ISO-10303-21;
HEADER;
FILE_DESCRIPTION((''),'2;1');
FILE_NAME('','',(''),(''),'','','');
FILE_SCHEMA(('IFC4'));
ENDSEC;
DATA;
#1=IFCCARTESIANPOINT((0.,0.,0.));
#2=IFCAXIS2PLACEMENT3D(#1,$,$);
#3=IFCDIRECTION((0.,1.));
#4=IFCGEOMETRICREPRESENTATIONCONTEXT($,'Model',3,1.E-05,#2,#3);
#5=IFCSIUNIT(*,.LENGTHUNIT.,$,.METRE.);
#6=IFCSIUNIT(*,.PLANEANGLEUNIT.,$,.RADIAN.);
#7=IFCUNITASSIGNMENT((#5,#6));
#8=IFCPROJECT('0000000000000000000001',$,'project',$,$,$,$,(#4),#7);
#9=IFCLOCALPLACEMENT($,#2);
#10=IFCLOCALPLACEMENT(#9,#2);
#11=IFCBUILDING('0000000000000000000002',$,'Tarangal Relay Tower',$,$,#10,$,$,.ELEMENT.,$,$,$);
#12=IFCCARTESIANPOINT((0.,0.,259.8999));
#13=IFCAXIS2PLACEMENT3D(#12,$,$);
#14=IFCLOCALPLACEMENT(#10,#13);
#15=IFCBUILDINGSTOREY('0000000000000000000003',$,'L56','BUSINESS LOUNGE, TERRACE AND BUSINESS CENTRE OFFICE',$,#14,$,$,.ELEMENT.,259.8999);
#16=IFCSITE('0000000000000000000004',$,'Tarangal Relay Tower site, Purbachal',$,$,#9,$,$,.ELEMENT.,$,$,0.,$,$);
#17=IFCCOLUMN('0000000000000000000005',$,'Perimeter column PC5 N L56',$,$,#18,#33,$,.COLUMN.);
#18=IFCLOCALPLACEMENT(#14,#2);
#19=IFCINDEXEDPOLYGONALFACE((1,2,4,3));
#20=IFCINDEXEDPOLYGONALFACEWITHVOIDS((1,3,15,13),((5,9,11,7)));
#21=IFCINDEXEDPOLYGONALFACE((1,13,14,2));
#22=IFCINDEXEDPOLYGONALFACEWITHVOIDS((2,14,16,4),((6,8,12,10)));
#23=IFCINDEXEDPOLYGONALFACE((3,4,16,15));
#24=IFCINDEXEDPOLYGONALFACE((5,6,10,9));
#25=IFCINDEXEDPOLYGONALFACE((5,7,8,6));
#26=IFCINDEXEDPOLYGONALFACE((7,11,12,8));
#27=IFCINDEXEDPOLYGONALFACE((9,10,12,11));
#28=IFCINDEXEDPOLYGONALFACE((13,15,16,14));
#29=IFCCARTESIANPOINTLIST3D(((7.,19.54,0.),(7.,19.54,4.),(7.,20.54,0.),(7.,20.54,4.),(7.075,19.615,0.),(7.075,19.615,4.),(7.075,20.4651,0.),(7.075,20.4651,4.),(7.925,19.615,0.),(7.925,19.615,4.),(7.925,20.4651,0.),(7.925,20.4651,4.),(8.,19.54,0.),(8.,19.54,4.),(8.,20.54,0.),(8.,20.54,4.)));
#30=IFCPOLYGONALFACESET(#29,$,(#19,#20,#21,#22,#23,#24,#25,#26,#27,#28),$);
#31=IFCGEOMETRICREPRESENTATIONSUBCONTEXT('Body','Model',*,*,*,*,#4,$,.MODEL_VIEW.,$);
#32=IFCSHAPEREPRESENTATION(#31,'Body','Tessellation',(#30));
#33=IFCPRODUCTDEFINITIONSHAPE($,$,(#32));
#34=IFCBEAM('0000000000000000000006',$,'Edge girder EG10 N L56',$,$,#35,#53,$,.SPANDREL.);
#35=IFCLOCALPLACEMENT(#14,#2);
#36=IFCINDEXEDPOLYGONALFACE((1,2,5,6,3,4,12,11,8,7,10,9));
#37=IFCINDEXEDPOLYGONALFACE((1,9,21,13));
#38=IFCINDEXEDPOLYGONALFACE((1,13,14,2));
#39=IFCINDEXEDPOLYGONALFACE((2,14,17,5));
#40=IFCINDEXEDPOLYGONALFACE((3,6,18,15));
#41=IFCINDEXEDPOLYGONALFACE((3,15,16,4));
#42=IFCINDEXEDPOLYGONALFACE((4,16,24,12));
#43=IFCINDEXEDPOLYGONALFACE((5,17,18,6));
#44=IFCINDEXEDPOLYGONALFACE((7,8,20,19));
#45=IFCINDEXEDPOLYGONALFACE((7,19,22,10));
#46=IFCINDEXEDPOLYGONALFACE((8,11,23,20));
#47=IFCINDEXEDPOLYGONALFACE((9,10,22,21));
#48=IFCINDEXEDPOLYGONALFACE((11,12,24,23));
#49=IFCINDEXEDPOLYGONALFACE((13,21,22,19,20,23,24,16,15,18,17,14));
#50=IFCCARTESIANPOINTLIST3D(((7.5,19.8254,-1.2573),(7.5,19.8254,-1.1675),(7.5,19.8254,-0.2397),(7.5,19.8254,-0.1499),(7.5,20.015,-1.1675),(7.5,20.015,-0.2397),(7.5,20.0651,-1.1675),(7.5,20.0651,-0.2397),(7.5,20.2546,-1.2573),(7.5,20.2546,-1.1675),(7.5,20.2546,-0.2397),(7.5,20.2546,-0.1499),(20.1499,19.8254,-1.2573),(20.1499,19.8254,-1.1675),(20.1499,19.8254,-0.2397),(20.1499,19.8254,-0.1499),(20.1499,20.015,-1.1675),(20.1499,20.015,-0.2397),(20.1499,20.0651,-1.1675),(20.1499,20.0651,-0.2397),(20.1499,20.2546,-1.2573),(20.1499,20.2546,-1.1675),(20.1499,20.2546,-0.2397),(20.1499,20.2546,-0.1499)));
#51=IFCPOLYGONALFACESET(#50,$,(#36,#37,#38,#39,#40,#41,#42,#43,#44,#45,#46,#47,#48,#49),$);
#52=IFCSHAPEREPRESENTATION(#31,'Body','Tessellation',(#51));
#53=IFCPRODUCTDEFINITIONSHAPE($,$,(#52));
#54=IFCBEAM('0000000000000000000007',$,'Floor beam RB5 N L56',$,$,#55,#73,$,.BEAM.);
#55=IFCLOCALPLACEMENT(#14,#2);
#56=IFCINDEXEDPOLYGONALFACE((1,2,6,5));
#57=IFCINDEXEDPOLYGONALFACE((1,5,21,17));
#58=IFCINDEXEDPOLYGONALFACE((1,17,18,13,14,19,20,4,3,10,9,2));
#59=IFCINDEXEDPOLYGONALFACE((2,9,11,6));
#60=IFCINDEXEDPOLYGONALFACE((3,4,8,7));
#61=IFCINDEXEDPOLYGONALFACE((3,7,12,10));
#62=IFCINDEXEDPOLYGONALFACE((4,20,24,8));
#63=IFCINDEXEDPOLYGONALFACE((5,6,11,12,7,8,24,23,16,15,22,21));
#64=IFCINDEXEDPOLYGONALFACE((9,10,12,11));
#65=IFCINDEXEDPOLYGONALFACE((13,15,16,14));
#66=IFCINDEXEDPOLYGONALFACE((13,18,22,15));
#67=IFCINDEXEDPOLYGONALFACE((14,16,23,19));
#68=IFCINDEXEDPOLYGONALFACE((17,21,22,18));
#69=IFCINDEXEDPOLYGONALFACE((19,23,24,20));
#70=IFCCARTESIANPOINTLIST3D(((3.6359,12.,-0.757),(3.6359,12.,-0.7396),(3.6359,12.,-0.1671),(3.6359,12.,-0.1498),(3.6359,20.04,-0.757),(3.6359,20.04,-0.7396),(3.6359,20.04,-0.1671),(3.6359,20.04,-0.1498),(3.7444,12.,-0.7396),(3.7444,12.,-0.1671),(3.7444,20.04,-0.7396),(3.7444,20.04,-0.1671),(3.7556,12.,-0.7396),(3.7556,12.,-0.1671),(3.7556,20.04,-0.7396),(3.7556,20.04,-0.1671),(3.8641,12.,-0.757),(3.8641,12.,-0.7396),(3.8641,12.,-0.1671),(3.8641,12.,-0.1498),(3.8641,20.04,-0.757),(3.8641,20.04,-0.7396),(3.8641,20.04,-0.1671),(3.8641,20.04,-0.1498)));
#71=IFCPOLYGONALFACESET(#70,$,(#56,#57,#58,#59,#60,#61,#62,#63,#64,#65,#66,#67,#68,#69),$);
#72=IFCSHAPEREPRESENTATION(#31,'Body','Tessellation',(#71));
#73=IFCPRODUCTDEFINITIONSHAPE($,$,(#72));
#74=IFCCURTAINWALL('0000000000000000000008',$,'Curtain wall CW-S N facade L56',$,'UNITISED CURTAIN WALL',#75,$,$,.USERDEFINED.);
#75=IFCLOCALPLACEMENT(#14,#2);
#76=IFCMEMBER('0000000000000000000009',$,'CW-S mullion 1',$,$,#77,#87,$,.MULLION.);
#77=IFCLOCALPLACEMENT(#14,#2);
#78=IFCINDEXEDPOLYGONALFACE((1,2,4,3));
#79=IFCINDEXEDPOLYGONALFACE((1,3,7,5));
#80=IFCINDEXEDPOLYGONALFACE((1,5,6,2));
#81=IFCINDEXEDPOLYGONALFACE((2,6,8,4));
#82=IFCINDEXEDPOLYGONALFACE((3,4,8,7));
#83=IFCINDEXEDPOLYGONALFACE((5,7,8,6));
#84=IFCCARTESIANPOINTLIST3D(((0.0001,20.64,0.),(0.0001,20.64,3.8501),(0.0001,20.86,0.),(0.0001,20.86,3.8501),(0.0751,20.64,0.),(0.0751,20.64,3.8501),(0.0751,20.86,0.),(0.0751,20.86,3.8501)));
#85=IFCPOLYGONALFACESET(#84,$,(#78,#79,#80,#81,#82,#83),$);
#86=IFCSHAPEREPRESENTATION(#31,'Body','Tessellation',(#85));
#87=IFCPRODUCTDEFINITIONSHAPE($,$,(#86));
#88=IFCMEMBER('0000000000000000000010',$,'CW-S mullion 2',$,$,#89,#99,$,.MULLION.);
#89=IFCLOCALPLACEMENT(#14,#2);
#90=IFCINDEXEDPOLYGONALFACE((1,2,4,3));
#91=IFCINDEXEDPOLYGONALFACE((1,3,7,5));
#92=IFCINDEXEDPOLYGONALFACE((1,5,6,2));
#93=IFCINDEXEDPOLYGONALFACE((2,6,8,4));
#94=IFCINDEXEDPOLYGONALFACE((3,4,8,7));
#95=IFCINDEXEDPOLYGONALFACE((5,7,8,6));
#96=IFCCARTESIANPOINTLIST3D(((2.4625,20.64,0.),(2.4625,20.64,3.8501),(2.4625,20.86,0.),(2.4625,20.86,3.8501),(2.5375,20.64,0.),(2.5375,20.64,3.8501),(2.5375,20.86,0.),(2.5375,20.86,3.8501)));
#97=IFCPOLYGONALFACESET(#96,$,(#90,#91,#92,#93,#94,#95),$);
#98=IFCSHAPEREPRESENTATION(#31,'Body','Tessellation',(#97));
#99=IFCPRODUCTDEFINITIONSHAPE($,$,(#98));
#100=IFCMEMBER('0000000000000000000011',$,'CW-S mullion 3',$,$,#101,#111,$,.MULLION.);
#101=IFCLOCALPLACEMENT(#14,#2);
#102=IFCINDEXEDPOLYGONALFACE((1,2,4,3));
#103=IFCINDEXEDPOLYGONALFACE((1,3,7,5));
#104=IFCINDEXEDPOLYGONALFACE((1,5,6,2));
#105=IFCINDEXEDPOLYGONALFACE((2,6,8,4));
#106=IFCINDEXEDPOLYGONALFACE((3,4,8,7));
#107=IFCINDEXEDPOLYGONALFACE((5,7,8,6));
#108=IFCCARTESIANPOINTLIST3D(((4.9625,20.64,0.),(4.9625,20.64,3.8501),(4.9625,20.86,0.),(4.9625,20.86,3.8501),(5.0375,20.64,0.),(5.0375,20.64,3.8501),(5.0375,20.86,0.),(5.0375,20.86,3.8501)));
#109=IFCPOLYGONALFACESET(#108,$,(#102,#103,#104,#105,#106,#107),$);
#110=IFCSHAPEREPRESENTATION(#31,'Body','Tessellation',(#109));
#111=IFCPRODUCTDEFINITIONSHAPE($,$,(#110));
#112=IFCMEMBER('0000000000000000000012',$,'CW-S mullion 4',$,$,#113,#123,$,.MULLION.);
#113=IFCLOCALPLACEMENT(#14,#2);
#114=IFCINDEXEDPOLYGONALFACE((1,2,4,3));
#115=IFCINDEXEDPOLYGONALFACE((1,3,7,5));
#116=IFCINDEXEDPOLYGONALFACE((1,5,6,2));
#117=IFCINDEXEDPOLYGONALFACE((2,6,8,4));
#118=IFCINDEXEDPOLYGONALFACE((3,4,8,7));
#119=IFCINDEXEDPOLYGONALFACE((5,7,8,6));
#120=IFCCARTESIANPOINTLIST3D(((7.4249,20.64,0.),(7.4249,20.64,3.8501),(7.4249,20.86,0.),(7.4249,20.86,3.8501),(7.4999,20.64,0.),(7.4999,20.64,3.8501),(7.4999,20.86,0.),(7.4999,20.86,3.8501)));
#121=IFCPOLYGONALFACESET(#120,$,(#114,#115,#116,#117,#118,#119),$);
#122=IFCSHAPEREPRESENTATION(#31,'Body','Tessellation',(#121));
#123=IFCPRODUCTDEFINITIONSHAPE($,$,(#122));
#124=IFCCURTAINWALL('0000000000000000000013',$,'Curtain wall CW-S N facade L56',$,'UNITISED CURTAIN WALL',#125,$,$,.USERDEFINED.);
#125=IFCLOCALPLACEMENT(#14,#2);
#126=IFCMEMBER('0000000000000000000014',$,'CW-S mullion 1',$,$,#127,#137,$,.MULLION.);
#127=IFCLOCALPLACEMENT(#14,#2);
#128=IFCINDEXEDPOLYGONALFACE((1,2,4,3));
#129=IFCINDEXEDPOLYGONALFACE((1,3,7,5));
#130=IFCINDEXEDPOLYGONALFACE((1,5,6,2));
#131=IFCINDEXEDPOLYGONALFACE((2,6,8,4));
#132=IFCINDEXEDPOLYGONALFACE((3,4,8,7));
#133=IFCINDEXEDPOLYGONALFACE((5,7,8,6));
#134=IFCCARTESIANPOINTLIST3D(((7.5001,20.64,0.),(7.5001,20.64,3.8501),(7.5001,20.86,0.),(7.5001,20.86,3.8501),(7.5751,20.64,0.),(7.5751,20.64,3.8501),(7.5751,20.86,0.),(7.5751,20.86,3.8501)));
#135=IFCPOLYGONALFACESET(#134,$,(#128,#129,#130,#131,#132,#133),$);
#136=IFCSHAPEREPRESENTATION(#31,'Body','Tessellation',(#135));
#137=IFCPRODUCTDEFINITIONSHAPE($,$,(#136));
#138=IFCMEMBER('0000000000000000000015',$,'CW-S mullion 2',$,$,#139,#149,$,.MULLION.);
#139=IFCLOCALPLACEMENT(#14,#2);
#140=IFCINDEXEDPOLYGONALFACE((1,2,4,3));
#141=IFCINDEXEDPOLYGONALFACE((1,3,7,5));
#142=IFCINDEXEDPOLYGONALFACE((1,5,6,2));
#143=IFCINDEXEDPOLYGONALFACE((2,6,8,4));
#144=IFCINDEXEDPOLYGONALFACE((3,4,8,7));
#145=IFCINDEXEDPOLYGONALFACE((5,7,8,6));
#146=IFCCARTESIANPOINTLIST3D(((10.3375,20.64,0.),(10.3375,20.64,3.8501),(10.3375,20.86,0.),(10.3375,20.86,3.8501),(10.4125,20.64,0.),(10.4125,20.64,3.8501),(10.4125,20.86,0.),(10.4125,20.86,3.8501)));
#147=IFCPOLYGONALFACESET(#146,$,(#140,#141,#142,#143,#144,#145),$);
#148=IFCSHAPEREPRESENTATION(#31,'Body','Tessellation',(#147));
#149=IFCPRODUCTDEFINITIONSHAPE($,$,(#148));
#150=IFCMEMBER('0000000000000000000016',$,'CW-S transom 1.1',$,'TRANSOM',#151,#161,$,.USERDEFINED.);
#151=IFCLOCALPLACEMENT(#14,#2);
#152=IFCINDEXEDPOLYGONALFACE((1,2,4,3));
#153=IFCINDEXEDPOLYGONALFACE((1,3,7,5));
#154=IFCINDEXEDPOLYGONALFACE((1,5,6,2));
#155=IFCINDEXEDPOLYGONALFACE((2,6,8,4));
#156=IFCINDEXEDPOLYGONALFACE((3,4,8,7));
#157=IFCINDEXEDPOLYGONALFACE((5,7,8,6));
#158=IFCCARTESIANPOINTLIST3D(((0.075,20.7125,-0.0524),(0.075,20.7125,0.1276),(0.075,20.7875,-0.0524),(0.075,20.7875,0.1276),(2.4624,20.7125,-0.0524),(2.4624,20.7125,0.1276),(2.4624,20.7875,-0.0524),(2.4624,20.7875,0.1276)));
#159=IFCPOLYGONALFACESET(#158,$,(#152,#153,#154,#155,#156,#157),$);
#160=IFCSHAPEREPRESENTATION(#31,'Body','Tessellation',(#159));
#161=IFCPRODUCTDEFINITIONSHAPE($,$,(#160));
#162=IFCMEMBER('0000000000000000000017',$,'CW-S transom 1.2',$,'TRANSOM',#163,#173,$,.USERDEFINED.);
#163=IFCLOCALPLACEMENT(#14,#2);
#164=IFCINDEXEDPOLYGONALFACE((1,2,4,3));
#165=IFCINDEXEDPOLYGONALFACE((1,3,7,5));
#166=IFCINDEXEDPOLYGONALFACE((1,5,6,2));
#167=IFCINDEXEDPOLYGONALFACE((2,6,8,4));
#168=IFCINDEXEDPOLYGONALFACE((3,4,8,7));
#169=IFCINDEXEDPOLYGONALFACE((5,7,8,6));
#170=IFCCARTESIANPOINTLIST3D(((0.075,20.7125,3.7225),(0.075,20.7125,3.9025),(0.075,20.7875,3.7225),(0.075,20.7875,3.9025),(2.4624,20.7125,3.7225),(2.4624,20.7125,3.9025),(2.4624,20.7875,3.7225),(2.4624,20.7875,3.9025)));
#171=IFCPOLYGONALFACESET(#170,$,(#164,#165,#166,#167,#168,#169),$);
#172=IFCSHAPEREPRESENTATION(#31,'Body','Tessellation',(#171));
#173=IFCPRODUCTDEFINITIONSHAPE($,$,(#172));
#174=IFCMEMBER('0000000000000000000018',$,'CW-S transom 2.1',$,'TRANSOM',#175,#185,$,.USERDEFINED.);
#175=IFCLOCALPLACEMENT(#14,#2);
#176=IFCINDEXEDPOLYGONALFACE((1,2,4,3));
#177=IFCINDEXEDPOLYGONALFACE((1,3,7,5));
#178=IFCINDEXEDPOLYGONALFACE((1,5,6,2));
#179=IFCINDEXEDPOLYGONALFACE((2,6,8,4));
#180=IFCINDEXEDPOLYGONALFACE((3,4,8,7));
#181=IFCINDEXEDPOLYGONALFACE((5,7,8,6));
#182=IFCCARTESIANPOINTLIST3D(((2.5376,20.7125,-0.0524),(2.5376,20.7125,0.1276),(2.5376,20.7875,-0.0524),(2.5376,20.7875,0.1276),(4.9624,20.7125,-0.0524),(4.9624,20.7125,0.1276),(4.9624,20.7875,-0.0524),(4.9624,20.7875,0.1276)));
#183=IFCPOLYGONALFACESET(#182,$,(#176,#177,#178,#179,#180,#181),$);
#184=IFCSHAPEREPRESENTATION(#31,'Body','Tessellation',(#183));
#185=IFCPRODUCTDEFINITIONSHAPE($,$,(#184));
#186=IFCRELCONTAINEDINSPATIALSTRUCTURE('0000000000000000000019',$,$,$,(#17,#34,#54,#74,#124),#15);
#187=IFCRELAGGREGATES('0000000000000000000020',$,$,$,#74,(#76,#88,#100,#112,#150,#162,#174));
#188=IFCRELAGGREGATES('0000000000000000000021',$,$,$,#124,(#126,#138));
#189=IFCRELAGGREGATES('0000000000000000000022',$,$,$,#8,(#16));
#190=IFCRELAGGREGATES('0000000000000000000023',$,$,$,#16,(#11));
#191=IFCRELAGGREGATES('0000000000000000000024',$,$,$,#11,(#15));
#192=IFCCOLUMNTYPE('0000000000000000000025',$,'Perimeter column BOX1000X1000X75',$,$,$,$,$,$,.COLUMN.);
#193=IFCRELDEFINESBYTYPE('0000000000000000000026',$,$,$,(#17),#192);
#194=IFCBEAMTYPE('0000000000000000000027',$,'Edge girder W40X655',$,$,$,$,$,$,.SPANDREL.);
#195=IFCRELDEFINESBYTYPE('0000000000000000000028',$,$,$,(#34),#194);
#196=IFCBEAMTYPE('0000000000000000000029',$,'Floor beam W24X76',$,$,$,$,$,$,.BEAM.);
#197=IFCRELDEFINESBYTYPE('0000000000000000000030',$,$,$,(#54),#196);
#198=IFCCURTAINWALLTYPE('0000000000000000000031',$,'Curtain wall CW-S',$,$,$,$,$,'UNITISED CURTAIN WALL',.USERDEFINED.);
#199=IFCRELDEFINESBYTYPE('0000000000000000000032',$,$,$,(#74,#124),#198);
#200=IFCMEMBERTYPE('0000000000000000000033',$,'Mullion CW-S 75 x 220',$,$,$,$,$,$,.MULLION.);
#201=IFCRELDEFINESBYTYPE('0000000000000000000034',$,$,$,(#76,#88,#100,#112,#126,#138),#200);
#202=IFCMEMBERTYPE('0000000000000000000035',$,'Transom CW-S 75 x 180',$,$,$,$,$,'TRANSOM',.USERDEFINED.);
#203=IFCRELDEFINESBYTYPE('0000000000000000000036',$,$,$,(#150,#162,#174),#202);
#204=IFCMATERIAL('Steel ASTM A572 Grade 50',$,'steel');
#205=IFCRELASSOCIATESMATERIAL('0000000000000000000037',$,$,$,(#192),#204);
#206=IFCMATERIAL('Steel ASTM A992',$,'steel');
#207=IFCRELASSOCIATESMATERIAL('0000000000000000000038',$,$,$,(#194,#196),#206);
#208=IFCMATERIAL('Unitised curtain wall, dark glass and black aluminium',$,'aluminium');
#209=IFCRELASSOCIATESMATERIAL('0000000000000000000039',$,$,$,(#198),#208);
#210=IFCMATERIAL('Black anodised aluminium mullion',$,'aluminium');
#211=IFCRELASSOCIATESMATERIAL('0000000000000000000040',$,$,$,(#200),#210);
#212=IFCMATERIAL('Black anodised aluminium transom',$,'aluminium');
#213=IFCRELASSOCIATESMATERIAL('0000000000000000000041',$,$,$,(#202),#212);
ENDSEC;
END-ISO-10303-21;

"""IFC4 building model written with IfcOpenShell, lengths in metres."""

from ifc_helpers import new_model, si_unit, direction, frame, origin, origin_2d, place, context, subcontext, project, spatial, rectangle, hollow_rectangle, i_section, extrude, material, material_profile, profile_set, type_object, element, aggregate, save


model = new_model("IFC4")

# Units and contexts
model_context = context("Model", 3, precision=1e-05, world=origin(), true_north=direction((0.0, 1.0)))
body_context = subcontext(model_context, "Body", "Model", "MODEL_VIEW")
ifc_project = project(units=[si_unit("LENGTHUNIT", "METRE"), si_unit("PLANEANGLEUNIT", "RADIAN")], contexts=[model_context])

# Site, building, storey
site_placement = place(None, origin())
site = spatial("IfcSite", under=ifc_project, at=site_placement, Name="Tarangal Relay Tower site, Purbachal", CompositionType="ELEMENT", RefElevation=0.0)
building_placement = place(site_placement, origin())
building = spatial("IfcBuilding", under=site, at=building_placement, Name="Tarangal Relay Tower", CompositionType="ELEMENT")
storey_placement = place(building_placement, frame((0.0, 0.0, 259.8999)))
storey = spatial("IfcBuildingStorey", under=building, at=storey_placement, Name="L56", Description="BUSINESS LOUNGE, TERRACE AND BUSINESS CENTRE OFFICE", CompositionType="ELEMENT", Elevation=259.8999)

# Column
ifc_material_1 = material(Name="Steel ASTM A572 Grade 50", Category="steel")
ifc_material_profile_1 = material_profile(ifc_material_1, hollow_rectangle(XDim=1.0, YDim=1.0, WallThickness=0.075, at=origin_2d()), Name="BOX1000X1000X75")
ifc_profile_set_1 = profile_set([ifc_material_profile_1], Name="Steel ASTM A572 Grade 50")
column_type = type_object("IfcColumnType", Name="Perimeter column BOX1000X1000X75", PredefinedType="COLUMN", material=ifc_profile_set_1)
column_placement = place(storey_placement, frame((7.5, 20.04, 0.0), z_axis=(0.0, 0.0, 1.0), x_axis=(1.0, 0.0, 0.0)))
element("IfcColumn", 1, at=column_placement, inside=storey, type_object=column_type, Name="Perimeter column PC5 N L56", PredefinedType="COLUMN", context=body_context, shape_type="SweptSolid", body=[
    extrude(hollow_rectangle(XDim=1.0, YDim=1.0, WallThickness=0.075, at=origin_2d()), origin(), (0.0, 0.0, 1.0), 4.0),
])

# Beams
ifc_material_2 = material(Name="Steel ASTM A992", Category="steel")
ifc_material_profile_2 = material_profile(ifc_material_2, i_section(OverallWidth=0.4292, OverallDepth=1.1074, WebThickness=0.05, FlangeThickness=0.0898, at=origin_2d()), Name="W40X655")
ifc_profile_set_2 = profile_set([ifc_material_profile_2], Name="Steel ASTM A992")
beam_type_1 = type_object("IfcBeamType", Name="Edge girder W40X655", PredefinedType="SPANDREL", material=ifc_profile_set_2)
beam_1_placement = place(storey_placement, frame((7.5, 20.04, -0.7036), z_axis=(1.0, 0.0, 0.0), x_axis=(0.0, 1.0, 0.0)))
element("IfcBeam", 2, at=beam_1_placement, inside=storey, type_object=beam_type_1, Name="Edge girder EG10 N L56", PredefinedType="SPANDREL", context=body_context, shape_type="SweptSolid", body=[
    extrude(i_section(OverallWidth=0.4292, OverallDepth=1.1074, WebThickness=0.05, FlangeThickness=0.0898, at=origin_2d()), origin(), (0.0, 0.0, 1.0), 12.6499),
])
ifc_material_profile_3 = material_profile(ifc_material_2, i_section(OverallWidth=0.2283, OverallDepth=0.6072, WebThickness=0.0112, FlangeThickness=0.0173, at=origin_2d()), Name="W24X76")
ifc_profile_set_3 = profile_set([ifc_material_profile_3], Name="Steel ASTM A992")
beam_type_2 = type_object("IfcBeamType", Name="Floor beam W24X76", PredefinedType="BEAM", material=ifc_profile_set_3)
beam_2_placement = place(storey_placement, frame((3.75, 12.0, -0.4534), z_axis=(0.0, 1.0, 0.0), x_axis=(-1.0, 0.0, 0.0)))
element("IfcBeam", 3, at=beam_2_placement, inside=storey, type_object=beam_type_2, Name="Floor beam RB5 N L56", PredefinedType="BEAM", context=body_context, shape_type="SweptSolid", body=[
    extrude(i_section(OverallWidth=0.2283, OverallDepth=0.6072, WebThickness=0.0112, FlangeThickness=0.0173, at=origin_2d()), origin(), (0.0, 0.0, 1.0), 8.04),
])

# Curtain walls, members
ifc_material_3 = material(Name="Unitised curtain wall, dark glass and black aluminium", Category="aluminium")
curtain_wall_type = type_object("IfcCurtainWallType", Name="Curtain wall CW-S", ElementType="UNITISED CURTAIN WALL", PredefinedType="USERDEFINED", material=ifc_material_3)
curtain_wall_1_placement = place(storey_placement, origin())
curtain_wall_1 = element("IfcCurtainWall", 4, at=curtain_wall_1_placement, inside=storey, type_object=curtain_wall_type, Name="Curtain wall CW-S N facade L56", ObjectType="UNITISED CURTAIN WALL", PredefinedType="USERDEFINED")
ifc_material_4 = material(Name="Black anodised aluminium mullion", Category="aluminium")
ifc_material_profile_4 = material_profile(ifc_material_4, rectangle(XDim=0.22, YDim=0.075, at=origin_2d()), Name="CW-SM 75X220")
ifc_profile_set_4 = profile_set([ifc_material_profile_4], Name="Black anodised aluminium mullion")
member_type_1 = type_object("IfcMemberType", Name="Mullion CW-S 75 x 220", PredefinedType="MULLION", material=ifc_profile_set_4)
member_1_placement = place(storey_placement, frame((0.0376, 20.75, 0.0), z_axis=(0.0, 0.0, 1.0), x_axis=(0.0, 1.0, 0.0)))
member_1 = element("IfcMember", 5, at=member_1_placement, type_object=member_type_1, Name="CW-S mullion 1", PredefinedType="MULLION", context=body_context, shape_type="SweptSolid", body=[
    extrude(rectangle(XDim=0.22, YDim=0.075, at=origin_2d()), origin(), (0.0, 0.0, 1.0), 3.8501),
])
member_2_placement = place(storey_placement, frame((2.5, 20.75, 0.0), z_axis=(0.0, 0.0, 1.0), x_axis=(0.0, 1.0, 0.0)))
member_2 = element("IfcMember", 6, at=member_2_placement, type_object=member_type_1, Name="CW-S mullion 2", PredefinedType="MULLION", context=body_context, shape_type="SweptSolid", body=[
    extrude(rectangle(XDim=0.22, YDim=0.075, at=origin_2d()), origin(), (0.0, 0.0, 1.0), 3.8501),
])
member_3_placement = place(storey_placement, frame((5.0, 20.75, 0.0), z_axis=(0.0, 0.0, 1.0), x_axis=(0.0, 1.0, 0.0)))
member_3 = element("IfcMember", 7, at=member_3_placement, type_object=member_type_1, Name="CW-S mullion 3", PredefinedType="MULLION", context=body_context, shape_type="SweptSolid", body=[
    extrude(rectangle(XDim=0.22, YDim=0.075, at=origin_2d()), origin(), (0.0, 0.0, 1.0), 3.8501),
])
member_4_placement = place(storey_placement, frame((7.4624, 20.75, 0.0), z_axis=(0.0, 0.0, 1.0), x_axis=(0.0, 1.0, 0.0)))
member_4 = element("IfcMember", 8, at=member_4_placement, type_object=member_type_1, Name="CW-S mullion 4", PredefinedType="MULLION", context=body_context, shape_type="SweptSolid", body=[
    extrude(rectangle(XDim=0.22, YDim=0.075, at=origin_2d()), origin(), (0.0, 0.0, 1.0), 3.8501),
])
curtain_wall_2_placement = place(storey_placement, origin())
curtain_wall_2 = element("IfcCurtainWall", 9, at=curtain_wall_2_placement, inside=storey, type_object=curtain_wall_type, Name="Curtain wall CW-S N facade L56", ObjectType="UNITISED CURTAIN WALL", PredefinedType="USERDEFINED")
member_5_placement = place(storey_placement, frame((7.5376, 20.75, 0.0), z_axis=(0.0, 0.0, 1.0), x_axis=(0.0, 1.0, 0.0)))
member_5 = element("IfcMember", 10, at=member_5_placement, type_object=member_type_1, Name="CW-S mullion 1", PredefinedType="MULLION", context=body_context, shape_type="SweptSolid", body=[
    extrude(rectangle(XDim=0.22, YDim=0.075, at=origin_2d()), origin(), (0.0, 0.0, 1.0), 3.8501),
])
member_6_placement = place(storey_placement, frame((10.375, 20.75, 0.0), z_axis=(0.0, 0.0, 1.0), x_axis=(0.0, 1.0, 0.0)))
member_6 = element("IfcMember", 11, at=member_6_placement, type_object=member_type_1, Name="CW-S mullion 2", PredefinedType="MULLION", context=body_context, shape_type="SweptSolid", body=[
    extrude(rectangle(XDim=0.22, YDim=0.075, at=origin_2d()), origin(), (0.0, 0.0, 1.0), 3.8501),
])

# Members
ifc_material_5 = material(Name="Black anodised aluminium transom", Category="aluminium")
ifc_material_profile_5 = material_profile(ifc_material_5, rectangle(XDim=0.075, YDim=0.1799, at=origin_2d()), Name="CW-ST 75X180")
ifc_profile_set_5 = profile_set([ifc_material_profile_5], Name="Black anodised aluminium transom")
member_type_2 = type_object("IfcMemberType", Name="Transom CW-S 75 x 180", ElementType="TRANSOM", PredefinedType="USERDEFINED", material=ifc_profile_set_5)
member_7_placement = place(storey_placement, frame((0.075, 20.75, 0.0376), z_axis=(1.0, 0.0, 0.0), x_axis=(0.0, 1.0, 0.0)))
member_7 = element("IfcMember", 12, at=member_7_placement, type_object=member_type_2, Name="CW-S transom 1.1", ObjectType="TRANSOM", PredefinedType="USERDEFINED", context=body_context, shape_type="SweptSolid", body=[
    extrude(rectangle(XDim=0.075, YDim=0.1799, at=origin_2d()), origin(), (0.0, 0.0, 1.0), 2.3875),
])
member_8_placement = place(storey_placement, frame((0.075, 20.75, 3.8125), z_axis=(1.0, 0.0, 0.0), x_axis=(0.0, 1.0, 0.0)))
member_8 = element("IfcMember", 13, at=member_8_placement, type_object=member_type_2, Name="CW-S transom 1.2", ObjectType="TRANSOM", PredefinedType="USERDEFINED", context=body_context, shape_type="SweptSolid", body=[
    extrude(rectangle(XDim=0.075, YDim=0.1799, at=origin_2d()), origin(), (0.0, 0.0, 1.0), 2.3875),
])
member_9_placement = place(storey_placement, frame((2.5376, 20.75, 0.0376), z_axis=(1.0, 0.0, 0.0), x_axis=(0.0, 1.0, 0.0)))
member_9 = element("IfcMember", 14, at=member_9_placement, type_object=member_type_2, Name="CW-S transom 2.1", ObjectType="TRANSOM", PredefinedType="USERDEFINED", context=body_context, shape_type="SweptSolid", body=[
    extrude(rectangle(XDim=0.075, YDim=0.1799, at=origin_2d()), origin(), (0.0, 0.0, 1.0), 2.4248),
])

aggregate(curtain_wall_1, [member_1, member_2, member_3, member_4, member_7, member_8, member_9])
aggregate(curtain_wall_2, [member_5, member_6])

save(model, "model.ifc")
